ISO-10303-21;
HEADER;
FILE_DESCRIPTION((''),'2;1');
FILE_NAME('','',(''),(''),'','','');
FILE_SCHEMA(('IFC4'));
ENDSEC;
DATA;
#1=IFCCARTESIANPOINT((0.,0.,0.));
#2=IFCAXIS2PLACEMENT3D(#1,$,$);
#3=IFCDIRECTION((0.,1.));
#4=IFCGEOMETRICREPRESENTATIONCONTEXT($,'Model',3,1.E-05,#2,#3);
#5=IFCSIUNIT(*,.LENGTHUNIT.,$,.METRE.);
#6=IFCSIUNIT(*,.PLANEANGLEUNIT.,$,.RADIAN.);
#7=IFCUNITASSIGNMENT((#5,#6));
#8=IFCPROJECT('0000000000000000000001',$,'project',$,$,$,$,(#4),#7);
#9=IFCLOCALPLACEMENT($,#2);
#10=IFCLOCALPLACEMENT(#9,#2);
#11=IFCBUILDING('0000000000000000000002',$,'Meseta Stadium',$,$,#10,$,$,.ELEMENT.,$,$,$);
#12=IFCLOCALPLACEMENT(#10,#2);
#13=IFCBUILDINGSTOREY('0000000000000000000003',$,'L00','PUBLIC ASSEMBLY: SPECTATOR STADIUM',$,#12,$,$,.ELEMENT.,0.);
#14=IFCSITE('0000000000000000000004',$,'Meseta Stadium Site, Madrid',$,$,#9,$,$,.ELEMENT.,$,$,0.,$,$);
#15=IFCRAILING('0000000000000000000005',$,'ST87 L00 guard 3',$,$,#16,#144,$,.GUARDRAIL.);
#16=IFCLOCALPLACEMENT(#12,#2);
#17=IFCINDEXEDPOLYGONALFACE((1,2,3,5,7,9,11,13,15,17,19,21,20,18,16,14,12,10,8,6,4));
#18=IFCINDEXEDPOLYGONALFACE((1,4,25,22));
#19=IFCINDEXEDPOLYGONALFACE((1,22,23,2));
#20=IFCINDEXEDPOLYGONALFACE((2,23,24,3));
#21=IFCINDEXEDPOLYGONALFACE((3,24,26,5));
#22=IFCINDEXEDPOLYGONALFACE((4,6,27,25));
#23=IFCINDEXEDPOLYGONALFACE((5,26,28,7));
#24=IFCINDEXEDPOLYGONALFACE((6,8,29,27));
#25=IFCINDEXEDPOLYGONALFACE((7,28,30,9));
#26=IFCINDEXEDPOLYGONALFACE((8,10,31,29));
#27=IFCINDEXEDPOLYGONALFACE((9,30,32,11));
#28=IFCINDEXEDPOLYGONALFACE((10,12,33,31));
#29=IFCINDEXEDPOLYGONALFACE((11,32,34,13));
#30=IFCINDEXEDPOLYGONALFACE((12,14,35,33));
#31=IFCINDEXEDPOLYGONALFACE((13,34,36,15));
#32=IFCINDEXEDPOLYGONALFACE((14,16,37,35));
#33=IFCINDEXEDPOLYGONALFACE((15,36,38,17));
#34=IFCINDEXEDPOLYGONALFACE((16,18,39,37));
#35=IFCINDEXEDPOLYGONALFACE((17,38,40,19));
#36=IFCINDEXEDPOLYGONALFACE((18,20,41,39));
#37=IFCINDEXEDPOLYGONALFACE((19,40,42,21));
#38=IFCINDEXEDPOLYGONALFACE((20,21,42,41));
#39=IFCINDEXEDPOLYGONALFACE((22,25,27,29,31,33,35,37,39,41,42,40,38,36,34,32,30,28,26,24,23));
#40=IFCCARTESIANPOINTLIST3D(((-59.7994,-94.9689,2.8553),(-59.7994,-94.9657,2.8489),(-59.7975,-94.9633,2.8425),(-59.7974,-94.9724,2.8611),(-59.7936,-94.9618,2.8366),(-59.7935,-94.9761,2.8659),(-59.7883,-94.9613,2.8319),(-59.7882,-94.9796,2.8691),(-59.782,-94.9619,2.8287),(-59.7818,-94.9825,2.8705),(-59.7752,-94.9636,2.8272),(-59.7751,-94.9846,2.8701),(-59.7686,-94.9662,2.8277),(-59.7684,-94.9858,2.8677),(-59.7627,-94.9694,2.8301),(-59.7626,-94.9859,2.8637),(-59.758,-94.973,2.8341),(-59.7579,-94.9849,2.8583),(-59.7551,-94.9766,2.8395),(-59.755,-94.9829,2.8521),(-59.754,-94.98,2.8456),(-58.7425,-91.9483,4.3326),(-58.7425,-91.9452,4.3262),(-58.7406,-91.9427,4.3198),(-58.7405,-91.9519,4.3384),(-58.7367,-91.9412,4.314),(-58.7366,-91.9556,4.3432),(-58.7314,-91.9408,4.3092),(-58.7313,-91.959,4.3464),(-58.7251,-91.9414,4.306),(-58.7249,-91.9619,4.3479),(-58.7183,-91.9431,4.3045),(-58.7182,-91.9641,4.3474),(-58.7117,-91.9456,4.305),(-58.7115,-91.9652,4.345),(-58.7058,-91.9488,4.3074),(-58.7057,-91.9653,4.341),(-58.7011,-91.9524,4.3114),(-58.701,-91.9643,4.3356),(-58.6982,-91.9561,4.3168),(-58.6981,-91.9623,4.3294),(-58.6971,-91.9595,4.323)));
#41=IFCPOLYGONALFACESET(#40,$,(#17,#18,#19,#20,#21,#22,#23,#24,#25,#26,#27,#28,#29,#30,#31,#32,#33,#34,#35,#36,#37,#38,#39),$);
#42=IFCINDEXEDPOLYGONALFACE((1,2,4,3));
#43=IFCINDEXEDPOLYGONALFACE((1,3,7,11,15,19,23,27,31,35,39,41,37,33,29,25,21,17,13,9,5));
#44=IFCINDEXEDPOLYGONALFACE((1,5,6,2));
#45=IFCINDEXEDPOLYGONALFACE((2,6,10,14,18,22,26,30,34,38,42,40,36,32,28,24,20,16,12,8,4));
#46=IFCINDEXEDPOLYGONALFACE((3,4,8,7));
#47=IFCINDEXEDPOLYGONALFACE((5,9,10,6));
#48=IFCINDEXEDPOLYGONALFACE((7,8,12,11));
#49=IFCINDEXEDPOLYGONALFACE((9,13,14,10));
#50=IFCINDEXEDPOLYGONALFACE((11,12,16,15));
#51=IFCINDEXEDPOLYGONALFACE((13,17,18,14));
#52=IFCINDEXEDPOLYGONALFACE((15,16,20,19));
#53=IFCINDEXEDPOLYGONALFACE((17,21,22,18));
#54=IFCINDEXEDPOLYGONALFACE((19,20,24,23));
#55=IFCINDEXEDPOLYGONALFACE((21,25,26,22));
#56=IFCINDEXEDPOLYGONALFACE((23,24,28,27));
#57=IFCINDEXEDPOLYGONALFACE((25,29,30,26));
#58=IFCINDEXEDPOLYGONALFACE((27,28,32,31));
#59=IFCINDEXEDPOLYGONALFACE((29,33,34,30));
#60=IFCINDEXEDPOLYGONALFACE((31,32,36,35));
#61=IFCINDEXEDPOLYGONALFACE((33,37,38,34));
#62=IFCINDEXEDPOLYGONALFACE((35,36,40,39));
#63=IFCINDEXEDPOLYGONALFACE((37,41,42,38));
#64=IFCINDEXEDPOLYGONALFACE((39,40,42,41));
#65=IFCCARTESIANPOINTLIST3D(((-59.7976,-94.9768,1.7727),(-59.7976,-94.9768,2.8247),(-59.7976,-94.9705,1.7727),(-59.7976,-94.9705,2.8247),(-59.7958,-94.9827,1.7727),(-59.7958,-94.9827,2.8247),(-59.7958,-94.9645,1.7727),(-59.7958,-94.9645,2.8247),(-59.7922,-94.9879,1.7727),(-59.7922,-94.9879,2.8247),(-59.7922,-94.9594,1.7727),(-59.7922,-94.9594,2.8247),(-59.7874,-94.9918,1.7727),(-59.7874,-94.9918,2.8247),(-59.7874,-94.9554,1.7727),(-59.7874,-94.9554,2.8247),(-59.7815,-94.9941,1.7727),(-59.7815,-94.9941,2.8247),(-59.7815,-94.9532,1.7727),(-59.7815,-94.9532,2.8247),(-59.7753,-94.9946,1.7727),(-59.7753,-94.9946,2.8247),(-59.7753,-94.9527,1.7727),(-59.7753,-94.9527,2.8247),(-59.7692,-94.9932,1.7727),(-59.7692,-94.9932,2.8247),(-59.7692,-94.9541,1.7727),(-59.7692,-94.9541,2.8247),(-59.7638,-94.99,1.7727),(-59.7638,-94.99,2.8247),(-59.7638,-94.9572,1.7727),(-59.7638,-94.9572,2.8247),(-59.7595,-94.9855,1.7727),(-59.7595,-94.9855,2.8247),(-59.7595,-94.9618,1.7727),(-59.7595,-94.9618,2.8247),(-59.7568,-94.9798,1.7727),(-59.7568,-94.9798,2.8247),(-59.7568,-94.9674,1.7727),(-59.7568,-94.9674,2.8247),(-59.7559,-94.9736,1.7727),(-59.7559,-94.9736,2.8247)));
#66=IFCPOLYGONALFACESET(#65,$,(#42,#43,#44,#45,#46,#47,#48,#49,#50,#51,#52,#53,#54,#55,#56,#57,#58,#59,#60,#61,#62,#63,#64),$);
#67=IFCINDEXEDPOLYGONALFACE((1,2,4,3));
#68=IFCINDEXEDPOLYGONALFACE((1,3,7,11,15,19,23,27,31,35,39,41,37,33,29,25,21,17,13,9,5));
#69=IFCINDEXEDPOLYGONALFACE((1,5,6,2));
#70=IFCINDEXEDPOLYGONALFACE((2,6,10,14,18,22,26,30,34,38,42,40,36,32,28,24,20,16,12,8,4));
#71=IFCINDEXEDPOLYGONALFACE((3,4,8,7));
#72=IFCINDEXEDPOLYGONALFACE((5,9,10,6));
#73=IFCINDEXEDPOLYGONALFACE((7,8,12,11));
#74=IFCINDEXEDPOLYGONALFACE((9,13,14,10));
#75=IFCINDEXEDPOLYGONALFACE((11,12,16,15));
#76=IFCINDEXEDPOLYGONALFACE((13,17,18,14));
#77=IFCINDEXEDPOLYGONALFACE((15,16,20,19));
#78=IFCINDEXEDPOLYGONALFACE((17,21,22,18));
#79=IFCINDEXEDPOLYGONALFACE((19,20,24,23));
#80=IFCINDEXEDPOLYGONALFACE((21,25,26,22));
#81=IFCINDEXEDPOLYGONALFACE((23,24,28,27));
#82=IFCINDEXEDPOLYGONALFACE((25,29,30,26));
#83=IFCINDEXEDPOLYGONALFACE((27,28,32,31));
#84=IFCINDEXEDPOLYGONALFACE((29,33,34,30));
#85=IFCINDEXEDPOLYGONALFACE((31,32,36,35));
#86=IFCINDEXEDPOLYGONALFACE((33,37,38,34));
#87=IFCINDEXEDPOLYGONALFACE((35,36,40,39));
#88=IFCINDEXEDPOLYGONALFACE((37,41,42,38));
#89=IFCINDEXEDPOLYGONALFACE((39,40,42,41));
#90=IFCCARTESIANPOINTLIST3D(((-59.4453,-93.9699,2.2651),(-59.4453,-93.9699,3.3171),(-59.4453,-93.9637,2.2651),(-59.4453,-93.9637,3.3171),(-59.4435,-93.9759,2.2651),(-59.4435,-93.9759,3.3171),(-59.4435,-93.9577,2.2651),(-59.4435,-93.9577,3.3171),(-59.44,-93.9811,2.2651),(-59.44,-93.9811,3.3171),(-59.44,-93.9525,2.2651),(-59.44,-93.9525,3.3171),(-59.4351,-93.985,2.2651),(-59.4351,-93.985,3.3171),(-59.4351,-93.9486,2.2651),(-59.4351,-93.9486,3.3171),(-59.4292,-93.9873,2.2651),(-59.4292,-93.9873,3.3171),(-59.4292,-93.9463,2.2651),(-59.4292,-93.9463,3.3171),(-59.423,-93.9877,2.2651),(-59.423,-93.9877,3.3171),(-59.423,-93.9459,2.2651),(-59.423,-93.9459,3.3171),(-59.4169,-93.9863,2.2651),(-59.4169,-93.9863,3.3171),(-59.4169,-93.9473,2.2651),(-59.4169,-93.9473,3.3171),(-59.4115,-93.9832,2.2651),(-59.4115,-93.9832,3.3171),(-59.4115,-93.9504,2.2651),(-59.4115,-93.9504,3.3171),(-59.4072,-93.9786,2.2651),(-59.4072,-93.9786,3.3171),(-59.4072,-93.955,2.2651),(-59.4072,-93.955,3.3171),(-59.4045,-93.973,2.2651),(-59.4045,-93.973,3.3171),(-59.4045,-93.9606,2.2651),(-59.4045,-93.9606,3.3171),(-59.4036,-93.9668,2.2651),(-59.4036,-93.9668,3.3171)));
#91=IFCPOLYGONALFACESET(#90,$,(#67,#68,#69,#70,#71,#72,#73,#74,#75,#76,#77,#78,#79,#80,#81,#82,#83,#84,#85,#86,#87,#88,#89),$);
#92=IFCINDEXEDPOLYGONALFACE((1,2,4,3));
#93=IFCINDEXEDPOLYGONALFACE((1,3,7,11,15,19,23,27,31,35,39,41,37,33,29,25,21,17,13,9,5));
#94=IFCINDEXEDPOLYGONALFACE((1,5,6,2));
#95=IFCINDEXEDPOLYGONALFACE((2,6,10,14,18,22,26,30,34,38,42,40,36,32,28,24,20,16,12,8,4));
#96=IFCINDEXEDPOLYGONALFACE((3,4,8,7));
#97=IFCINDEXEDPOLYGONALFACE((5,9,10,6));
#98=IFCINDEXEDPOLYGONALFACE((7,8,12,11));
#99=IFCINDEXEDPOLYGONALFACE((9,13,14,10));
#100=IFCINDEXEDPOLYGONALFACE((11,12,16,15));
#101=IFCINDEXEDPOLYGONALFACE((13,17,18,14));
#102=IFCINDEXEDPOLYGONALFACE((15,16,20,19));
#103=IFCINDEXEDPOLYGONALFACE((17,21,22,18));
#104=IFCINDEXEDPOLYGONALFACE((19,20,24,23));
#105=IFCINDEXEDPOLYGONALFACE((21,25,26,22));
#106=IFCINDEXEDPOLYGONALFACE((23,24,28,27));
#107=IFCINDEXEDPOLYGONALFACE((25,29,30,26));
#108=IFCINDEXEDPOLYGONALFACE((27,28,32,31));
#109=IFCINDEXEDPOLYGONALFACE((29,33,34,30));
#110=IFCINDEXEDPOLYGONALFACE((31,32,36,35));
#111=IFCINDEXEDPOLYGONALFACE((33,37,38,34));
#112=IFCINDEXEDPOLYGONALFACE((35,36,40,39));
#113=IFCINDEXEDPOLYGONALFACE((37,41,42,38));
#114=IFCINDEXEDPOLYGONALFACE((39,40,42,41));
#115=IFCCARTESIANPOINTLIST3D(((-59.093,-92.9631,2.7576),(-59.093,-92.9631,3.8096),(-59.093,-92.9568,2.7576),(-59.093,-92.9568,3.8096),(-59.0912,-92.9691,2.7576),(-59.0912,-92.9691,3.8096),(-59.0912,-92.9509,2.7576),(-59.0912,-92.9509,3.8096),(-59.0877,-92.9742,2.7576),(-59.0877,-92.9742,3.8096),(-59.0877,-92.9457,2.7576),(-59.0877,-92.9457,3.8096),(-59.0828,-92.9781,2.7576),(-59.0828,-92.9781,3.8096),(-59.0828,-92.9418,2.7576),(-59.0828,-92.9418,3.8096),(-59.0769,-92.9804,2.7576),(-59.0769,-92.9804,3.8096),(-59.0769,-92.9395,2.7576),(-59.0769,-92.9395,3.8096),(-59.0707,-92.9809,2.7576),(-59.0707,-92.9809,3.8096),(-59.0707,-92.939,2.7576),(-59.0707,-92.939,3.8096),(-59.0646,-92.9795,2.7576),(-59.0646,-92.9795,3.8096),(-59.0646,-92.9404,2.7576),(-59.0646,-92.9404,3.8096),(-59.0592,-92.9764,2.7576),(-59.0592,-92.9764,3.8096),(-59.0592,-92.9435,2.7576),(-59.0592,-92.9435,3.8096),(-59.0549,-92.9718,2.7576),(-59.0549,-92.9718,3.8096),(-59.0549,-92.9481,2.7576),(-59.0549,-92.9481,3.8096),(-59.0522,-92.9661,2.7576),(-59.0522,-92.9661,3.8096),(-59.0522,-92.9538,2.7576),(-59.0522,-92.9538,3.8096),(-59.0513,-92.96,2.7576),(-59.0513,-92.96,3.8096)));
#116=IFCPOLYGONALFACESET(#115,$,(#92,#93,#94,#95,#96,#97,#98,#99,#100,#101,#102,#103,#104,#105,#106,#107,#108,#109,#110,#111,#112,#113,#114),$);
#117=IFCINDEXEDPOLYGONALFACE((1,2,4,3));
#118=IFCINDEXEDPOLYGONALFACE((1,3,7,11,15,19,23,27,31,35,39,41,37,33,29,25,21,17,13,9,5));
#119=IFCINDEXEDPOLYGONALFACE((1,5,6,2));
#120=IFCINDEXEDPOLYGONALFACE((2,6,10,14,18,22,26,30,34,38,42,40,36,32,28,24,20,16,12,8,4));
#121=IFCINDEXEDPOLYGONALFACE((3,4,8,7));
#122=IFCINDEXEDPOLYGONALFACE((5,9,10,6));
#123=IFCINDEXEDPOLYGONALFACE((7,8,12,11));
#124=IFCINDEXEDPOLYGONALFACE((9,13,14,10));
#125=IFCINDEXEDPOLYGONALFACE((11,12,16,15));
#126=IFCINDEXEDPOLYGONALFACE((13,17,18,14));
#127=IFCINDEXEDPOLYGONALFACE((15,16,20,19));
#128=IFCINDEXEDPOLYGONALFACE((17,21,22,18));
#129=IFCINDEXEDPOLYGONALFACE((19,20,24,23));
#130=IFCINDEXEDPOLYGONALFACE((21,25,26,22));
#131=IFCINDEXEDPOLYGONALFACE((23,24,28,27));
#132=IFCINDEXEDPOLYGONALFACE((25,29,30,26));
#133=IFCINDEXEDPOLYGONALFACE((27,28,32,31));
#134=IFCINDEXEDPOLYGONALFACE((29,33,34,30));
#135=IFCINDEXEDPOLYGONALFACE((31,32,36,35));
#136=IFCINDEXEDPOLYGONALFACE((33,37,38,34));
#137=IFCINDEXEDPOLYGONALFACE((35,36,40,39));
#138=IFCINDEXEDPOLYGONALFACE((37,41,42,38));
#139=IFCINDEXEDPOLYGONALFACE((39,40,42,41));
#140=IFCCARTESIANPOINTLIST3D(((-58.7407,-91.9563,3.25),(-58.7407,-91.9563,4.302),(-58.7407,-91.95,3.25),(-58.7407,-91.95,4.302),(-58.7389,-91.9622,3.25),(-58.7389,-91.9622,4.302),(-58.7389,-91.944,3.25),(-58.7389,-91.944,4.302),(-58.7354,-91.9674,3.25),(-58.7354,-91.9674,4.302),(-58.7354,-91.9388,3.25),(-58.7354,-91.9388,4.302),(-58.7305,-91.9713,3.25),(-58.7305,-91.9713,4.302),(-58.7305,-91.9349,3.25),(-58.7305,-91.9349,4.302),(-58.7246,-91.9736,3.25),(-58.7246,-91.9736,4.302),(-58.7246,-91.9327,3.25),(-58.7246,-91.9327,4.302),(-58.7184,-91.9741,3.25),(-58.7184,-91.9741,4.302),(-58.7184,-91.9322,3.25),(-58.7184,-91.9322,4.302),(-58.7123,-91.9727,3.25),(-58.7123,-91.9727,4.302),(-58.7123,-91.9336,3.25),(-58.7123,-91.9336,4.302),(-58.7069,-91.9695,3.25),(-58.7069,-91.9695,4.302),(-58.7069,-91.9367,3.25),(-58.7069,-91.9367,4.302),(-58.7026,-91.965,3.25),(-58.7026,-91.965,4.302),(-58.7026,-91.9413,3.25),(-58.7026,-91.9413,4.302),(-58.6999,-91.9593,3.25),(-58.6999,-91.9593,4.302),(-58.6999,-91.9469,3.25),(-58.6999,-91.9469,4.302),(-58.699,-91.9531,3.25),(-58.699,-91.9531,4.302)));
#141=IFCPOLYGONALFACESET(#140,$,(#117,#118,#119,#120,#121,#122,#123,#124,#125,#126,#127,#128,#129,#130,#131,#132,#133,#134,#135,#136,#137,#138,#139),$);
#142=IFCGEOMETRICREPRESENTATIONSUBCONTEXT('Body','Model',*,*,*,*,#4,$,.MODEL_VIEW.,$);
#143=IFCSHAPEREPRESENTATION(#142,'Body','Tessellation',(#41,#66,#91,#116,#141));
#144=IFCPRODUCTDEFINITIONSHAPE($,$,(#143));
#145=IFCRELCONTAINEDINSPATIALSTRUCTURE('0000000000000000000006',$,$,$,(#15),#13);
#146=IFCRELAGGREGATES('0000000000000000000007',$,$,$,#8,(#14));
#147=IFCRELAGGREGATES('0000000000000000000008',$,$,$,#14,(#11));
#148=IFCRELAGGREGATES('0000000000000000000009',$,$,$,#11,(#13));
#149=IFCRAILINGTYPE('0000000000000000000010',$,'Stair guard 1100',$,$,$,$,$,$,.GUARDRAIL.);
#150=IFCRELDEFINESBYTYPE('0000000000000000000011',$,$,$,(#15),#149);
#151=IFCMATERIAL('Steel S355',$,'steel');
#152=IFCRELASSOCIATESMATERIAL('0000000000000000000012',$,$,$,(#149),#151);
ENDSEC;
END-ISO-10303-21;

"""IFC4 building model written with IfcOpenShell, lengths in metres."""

from ifc_helpers import new_model, si_unit, direction, frame, origin, origin_2d, place, context, subcontext, project, spatial, circle, extrude, material, type_object, element, save


model = new_model("IFC4")

# Units and contexts
model_context = context("Model", 3, precision=1e-05, world=origin(), true_north=direction((0.0, 1.0)))
body_context = subcontext(model_context, "Body", "Model", "MODEL_VIEW")
ifc_project = project(units=[si_unit("LENGTHUNIT", "METRE"), si_unit("PLANEANGLEUNIT", "RADIAN")], contexts=[model_context])

# Site, building, storey
site_placement = place(None, origin())
site = spatial("IfcSite", under=ifc_project, at=site_placement, Name="Meseta Stadium Site, Madrid", CompositionType="ELEMENT", RefElevation=0.0)
building_placement = place(site_placement, origin())
building = spatial("IfcBuilding", under=site, at=building_placement, Name="Meseta Stadium", CompositionType="ELEMENT")
storey_placement = place(building_placement, origin())
storey = spatial("IfcBuildingStorey", under=building, at=storey_placement, Name="L00", Description="PUBLIC ASSEMBLY: SPECTATOR STADIUM", CompositionType="ELEMENT", Elevation=0.0)

# Railing
ifc_material_1 = material(Name="Steel S355", Category="steel")
railing_type_1 = type_object("IfcRailingType", Name="Stair guard 1100", PredefinedType="GUARDRAIL", material=ifc_material_1)
railing_1_placement = place(storey_placement, frame((-59.7769, -94.9736, 1.7727)))
element("IfcRailing", 1, at=railing_1_placement, inside=storey, type_object=railing_type_1, Name="ST87 L00 guard 3", PredefinedType="GUARDRAIL", context=body_context, shape_type="SweptSolid", body=[
    extrude(circle(Radius=0.0239, at=origin_2d()), frame((0.0, 0.0, 1.0762), z_axis=(0.299859, 0.856977, 0.419137), x_axis=(-0.943887, 0.330269, 0.0)), (0.0, 0.0, 1.0), 3.5247),
    extrude(circle(Radius=0.021, at=origin_2d()), origin(), (0.0, 0.0, 1.0), 1.052),
    extrude(circle(Radius=0.021, at=origin_2d()), frame((0.3523, 1.0068, 0.4924)), (0.0, 0.0, 1.0), 1.052),
    extrude(circle(Radius=0.021, at=origin_2d()), frame((0.7046, 2.0137, 0.9849)), (0.0, 0.0, 1.0), 1.052),
    extrude(circle(Radius=0.021, at=origin_2d()), frame((1.0569, 3.0205, 1.4773)), (0.0, 0.0, 1.0), 1.052),
])

save(model, "model.ifc")
